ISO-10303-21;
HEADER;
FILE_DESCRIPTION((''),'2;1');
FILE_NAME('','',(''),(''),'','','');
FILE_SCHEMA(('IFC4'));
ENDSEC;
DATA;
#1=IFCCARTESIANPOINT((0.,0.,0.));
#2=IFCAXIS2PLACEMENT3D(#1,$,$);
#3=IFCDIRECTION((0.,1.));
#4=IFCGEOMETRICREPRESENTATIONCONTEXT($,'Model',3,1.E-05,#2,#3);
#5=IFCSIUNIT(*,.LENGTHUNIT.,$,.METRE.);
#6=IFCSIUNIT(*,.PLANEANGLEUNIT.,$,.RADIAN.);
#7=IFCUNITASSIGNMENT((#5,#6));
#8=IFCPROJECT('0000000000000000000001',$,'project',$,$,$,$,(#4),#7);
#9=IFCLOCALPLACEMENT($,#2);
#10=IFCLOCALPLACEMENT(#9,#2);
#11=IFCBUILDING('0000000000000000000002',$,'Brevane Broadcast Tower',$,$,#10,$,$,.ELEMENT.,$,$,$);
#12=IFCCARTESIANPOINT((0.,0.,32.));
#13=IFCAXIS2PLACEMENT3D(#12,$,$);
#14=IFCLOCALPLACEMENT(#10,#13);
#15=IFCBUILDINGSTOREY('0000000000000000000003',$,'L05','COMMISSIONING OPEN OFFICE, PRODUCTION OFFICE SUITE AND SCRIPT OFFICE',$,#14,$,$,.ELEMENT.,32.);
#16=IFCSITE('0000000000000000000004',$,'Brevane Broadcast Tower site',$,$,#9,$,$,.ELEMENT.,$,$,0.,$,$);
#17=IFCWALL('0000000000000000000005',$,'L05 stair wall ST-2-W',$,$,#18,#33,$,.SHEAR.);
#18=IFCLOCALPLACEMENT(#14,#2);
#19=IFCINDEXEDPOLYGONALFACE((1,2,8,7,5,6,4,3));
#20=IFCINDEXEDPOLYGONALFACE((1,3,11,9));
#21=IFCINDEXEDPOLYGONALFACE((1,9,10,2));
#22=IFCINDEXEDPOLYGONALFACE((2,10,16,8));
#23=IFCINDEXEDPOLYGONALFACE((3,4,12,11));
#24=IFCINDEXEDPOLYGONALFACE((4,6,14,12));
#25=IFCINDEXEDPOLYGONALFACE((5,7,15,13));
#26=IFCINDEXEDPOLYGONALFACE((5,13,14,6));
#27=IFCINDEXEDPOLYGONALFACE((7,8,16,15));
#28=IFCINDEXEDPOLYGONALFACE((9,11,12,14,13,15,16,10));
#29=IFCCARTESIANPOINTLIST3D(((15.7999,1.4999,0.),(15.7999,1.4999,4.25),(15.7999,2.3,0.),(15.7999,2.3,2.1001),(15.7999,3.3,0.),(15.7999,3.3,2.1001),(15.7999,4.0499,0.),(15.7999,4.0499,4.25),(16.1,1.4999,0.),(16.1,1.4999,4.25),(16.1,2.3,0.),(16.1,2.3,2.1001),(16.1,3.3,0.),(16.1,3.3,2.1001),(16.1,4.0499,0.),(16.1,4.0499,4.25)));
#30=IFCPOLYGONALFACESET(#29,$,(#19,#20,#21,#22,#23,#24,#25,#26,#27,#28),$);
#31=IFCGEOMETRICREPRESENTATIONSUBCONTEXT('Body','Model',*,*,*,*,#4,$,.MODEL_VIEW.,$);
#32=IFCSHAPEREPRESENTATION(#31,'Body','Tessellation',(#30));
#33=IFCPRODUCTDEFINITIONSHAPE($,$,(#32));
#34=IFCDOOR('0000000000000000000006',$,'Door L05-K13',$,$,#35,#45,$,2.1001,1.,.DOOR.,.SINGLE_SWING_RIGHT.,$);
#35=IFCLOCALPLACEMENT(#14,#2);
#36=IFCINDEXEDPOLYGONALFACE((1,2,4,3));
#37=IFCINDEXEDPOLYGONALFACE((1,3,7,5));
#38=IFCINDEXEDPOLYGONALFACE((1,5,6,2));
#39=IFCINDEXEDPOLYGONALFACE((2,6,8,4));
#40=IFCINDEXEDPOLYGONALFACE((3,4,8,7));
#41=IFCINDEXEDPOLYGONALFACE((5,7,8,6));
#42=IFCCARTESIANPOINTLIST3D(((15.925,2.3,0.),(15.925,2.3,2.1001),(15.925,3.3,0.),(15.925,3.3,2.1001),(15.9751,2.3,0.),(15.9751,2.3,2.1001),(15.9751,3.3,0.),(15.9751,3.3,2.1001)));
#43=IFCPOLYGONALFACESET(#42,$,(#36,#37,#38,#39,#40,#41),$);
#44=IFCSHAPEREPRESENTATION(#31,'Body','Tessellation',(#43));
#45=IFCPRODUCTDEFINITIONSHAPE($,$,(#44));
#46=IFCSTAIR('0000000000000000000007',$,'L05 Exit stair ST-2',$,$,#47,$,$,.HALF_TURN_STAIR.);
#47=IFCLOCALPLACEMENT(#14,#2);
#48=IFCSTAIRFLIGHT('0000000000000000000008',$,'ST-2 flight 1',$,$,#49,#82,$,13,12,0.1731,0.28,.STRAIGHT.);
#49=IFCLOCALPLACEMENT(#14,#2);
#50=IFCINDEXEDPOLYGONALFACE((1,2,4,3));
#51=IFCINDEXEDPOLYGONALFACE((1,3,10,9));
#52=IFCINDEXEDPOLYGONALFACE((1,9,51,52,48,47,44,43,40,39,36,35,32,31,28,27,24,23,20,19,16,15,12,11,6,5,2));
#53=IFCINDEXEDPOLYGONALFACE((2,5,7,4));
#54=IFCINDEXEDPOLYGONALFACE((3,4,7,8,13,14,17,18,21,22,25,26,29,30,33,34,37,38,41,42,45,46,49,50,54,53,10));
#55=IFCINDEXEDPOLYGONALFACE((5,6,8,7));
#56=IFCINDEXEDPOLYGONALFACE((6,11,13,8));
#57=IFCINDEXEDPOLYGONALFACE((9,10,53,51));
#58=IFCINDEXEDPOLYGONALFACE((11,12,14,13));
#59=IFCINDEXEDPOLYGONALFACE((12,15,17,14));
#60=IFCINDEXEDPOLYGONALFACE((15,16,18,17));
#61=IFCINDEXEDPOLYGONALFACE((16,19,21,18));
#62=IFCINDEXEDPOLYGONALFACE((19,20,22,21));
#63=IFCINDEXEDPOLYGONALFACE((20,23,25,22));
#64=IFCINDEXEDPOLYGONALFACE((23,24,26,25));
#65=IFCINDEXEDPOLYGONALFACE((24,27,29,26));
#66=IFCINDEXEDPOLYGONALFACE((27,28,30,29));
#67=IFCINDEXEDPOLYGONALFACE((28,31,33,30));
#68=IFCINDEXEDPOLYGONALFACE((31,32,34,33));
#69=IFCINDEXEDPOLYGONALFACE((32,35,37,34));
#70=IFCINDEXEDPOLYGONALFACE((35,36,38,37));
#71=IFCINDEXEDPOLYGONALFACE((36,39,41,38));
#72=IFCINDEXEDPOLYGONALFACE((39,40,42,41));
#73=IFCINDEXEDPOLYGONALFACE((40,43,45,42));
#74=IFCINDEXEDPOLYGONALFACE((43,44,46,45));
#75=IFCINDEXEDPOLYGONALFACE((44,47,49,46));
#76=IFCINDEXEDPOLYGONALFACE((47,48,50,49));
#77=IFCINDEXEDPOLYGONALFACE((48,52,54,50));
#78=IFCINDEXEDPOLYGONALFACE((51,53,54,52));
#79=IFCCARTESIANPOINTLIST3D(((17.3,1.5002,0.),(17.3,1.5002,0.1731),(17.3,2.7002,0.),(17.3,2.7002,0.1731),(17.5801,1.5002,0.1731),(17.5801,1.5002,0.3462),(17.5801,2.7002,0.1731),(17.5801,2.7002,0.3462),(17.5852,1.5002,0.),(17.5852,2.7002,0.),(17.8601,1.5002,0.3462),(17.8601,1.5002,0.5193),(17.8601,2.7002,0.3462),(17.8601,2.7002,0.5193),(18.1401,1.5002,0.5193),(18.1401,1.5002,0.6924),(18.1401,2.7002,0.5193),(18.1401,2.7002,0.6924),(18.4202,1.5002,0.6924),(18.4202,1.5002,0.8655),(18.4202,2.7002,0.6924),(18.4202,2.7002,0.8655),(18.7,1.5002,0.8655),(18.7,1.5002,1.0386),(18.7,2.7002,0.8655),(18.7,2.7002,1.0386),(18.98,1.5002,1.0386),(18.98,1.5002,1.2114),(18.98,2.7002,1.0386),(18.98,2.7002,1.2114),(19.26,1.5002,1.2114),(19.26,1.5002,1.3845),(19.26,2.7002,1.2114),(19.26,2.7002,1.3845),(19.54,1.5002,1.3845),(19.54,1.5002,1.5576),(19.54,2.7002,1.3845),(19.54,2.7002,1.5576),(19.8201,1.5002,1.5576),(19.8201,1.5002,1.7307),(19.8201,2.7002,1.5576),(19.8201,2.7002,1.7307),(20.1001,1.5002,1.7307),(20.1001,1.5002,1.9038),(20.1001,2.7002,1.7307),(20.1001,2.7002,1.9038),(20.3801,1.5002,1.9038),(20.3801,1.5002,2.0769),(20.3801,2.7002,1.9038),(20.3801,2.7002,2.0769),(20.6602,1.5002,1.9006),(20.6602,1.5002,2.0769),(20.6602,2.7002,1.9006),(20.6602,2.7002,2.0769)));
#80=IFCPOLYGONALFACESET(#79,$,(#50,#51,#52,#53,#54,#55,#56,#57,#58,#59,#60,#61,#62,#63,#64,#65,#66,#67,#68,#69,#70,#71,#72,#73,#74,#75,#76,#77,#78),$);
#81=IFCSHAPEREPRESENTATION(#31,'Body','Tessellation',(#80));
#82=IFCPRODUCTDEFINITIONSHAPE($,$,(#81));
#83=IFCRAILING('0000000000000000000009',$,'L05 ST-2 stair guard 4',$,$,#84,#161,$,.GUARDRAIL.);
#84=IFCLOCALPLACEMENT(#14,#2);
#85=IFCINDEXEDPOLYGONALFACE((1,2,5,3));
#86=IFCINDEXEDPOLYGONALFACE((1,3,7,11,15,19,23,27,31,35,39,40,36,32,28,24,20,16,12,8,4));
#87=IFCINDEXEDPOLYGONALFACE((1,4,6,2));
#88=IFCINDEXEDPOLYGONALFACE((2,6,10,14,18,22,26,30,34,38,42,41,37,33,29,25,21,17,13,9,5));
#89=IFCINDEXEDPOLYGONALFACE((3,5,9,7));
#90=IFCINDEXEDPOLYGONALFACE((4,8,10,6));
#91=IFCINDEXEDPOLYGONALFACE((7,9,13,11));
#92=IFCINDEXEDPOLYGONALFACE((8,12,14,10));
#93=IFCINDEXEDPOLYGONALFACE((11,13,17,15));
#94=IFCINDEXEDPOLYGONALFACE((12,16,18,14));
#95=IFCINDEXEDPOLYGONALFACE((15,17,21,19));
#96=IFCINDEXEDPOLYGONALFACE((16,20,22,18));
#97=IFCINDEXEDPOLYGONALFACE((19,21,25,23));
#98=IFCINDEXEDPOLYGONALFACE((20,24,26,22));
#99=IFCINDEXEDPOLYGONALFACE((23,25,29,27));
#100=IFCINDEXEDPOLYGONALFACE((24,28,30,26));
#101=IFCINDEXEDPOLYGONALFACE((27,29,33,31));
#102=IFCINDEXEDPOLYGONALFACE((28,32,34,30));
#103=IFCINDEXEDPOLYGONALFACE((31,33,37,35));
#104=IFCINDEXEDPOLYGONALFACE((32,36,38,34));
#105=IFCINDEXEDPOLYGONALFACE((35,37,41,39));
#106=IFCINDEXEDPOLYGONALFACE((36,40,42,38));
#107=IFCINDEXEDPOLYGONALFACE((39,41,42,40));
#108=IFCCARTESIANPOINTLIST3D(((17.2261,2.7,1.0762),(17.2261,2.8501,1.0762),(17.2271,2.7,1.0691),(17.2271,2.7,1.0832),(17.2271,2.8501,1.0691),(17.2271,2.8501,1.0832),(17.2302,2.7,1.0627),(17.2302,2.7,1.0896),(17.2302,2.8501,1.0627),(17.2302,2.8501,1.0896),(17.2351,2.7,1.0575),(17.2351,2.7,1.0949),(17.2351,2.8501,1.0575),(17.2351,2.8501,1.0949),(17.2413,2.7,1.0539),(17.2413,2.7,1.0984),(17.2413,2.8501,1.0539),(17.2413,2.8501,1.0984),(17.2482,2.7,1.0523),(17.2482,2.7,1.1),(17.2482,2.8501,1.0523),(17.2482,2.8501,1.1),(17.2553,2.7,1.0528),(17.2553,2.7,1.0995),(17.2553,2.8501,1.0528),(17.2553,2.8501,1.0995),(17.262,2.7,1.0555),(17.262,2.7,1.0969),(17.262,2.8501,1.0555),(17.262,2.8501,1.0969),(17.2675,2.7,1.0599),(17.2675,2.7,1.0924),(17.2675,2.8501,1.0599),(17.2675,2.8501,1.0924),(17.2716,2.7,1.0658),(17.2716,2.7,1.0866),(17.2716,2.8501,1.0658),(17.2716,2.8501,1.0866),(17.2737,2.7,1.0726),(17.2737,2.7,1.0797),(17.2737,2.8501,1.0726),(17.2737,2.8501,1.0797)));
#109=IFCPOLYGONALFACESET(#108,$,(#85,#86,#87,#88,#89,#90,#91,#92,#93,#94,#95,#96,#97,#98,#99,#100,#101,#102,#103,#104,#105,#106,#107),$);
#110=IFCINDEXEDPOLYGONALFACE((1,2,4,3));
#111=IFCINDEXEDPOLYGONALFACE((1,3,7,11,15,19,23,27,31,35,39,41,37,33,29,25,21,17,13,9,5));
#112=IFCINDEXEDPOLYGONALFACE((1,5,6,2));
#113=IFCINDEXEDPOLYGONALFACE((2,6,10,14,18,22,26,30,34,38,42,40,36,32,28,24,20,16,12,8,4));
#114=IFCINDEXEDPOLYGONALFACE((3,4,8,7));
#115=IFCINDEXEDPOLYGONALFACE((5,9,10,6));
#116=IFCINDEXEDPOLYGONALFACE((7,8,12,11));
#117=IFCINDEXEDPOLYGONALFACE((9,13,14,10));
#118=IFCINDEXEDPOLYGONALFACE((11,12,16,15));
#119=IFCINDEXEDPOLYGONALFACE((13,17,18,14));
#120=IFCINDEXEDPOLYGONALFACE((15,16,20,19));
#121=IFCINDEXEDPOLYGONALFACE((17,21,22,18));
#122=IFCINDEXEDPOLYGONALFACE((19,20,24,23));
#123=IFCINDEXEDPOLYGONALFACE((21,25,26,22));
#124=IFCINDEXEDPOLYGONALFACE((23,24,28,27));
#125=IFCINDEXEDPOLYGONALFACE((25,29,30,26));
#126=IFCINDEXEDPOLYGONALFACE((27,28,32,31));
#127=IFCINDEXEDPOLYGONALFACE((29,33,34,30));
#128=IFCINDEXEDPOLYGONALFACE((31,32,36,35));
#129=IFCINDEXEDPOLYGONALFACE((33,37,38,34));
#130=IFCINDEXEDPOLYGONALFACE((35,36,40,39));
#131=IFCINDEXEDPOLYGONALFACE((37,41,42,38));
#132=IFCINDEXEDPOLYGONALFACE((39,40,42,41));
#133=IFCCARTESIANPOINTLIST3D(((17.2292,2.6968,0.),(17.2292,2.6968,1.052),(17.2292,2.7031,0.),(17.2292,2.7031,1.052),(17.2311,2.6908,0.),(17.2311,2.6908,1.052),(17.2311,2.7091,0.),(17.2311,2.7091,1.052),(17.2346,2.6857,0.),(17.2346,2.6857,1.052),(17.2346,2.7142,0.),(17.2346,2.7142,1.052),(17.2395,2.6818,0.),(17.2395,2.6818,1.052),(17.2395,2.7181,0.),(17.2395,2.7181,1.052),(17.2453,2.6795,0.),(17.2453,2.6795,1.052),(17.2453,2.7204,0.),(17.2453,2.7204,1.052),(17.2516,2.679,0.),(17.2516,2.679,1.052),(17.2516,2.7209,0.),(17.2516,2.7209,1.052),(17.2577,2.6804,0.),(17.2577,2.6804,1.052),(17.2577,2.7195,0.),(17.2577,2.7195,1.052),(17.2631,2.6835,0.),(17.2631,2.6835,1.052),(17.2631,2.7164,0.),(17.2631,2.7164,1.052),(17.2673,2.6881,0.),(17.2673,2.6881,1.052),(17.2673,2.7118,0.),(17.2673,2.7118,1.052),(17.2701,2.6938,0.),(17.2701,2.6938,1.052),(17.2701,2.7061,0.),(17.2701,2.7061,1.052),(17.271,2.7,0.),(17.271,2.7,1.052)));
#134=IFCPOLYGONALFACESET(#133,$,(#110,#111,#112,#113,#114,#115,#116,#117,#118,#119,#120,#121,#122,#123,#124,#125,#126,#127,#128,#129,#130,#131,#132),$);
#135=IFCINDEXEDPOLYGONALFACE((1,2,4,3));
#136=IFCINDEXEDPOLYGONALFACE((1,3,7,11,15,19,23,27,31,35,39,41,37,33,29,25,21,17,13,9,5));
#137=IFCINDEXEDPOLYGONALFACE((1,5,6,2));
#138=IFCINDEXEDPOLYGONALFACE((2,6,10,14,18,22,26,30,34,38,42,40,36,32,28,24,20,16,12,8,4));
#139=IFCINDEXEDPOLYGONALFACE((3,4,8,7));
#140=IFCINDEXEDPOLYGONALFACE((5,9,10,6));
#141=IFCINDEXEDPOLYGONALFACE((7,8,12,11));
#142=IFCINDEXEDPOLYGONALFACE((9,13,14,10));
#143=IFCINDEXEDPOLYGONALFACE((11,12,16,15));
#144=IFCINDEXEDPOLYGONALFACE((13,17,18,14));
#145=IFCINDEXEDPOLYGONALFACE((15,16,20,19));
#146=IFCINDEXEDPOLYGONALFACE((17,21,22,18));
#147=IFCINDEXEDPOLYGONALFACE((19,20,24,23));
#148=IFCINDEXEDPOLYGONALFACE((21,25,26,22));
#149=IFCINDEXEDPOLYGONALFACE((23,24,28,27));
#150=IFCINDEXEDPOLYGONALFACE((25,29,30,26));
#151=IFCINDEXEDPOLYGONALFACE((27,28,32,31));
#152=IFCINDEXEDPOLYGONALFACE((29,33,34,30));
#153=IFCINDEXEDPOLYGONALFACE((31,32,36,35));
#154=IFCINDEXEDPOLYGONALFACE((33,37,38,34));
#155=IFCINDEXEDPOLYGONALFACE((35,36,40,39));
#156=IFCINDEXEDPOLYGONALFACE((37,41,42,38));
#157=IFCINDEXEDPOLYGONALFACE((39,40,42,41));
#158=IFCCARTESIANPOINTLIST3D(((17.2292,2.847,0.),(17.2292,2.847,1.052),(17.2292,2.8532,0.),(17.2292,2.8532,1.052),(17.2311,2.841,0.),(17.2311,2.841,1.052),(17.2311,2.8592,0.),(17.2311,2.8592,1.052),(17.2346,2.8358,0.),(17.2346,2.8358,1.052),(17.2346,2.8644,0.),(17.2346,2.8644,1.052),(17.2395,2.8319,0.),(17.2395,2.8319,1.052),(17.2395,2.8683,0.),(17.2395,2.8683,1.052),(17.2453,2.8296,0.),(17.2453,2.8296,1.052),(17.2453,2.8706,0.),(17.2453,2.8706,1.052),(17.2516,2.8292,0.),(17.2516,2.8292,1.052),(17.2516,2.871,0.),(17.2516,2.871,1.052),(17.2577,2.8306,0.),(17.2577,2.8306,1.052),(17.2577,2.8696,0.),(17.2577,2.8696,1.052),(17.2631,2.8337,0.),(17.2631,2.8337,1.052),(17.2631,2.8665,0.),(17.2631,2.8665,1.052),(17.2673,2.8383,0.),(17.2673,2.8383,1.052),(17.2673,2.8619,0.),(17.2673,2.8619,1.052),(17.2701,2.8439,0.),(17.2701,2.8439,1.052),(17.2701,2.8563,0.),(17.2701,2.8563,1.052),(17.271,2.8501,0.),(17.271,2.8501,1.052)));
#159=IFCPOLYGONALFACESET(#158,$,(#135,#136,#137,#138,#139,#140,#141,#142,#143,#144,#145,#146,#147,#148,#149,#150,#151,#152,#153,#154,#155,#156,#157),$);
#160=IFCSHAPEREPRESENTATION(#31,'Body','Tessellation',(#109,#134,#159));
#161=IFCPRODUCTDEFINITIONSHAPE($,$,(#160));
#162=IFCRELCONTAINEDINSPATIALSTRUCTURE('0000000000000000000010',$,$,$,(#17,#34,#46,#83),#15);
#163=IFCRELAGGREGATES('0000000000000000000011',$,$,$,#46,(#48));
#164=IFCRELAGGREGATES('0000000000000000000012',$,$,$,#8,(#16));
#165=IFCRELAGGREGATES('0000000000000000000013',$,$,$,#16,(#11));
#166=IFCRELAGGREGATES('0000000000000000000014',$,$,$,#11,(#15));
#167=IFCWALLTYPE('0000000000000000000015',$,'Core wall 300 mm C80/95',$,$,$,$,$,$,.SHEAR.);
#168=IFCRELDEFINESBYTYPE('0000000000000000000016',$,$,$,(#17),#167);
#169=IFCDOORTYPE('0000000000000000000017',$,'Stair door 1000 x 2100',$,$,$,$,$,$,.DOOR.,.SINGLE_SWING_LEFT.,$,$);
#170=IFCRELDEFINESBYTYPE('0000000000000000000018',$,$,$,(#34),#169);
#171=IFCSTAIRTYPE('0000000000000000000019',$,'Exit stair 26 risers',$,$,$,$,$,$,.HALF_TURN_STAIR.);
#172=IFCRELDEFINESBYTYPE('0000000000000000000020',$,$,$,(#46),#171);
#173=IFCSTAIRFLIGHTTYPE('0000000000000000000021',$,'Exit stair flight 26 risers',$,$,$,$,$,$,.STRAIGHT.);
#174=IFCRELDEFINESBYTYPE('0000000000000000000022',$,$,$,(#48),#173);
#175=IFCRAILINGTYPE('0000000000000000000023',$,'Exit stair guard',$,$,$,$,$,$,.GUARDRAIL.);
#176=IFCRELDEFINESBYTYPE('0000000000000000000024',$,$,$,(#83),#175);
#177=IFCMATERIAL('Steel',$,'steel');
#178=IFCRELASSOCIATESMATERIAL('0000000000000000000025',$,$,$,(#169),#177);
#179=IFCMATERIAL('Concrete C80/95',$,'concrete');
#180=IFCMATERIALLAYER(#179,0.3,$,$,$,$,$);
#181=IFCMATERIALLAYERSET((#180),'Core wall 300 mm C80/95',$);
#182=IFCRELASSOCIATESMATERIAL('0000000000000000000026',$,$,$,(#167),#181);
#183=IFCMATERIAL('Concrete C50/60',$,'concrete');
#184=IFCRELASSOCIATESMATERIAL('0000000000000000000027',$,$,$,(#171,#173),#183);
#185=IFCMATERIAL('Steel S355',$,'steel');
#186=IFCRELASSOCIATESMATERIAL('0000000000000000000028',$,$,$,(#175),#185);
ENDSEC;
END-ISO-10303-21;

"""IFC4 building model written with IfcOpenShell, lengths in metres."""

from ifc_helpers import new_model, si_unit, direction, frame, frame_2d, origin, origin_2d, place, context, subcontext, project, spatial, polyline, rectangle, circle, outline, extrude, material, layer, layer_set, type_object, element, fill, aggregate, save


model = new_model("IFC4")

# Units and contexts
model_context = context("Model", 3, precision=1e-05, world=origin(), true_north=direction((0.0, 1.0)))
body_context = subcontext(model_context, "Body", "Model", "MODEL_VIEW")
ifc_project = project(units=[si_unit("LENGTHUNIT", "METRE"), si_unit("PLANEANGLEUNIT", "RADIAN")], contexts=[model_context])

# Site, building, storey
site_placement = place(None, origin())
site = spatial("IfcSite", under=ifc_project, at=site_placement, Name="Brevane Broadcast Tower site", CompositionType="ELEMENT", RefElevation=0.0)
building_placement = place(site_placement, origin())
building = spatial("IfcBuilding", under=site, at=building_placement, Name="Brevane Broadcast Tower", CompositionType="ELEMENT")
storey_placement = place(building_placement, frame((0.0, 0.0, 32.0)))
storey = spatial("IfcBuildingStorey", under=building, at=storey_placement, Name="L05", Description="COMMISSIONING OPEN OFFICE, PRODUCTION OFFICE SUITE AND SCRIPT OFFICE", CompositionType="ELEMENT", Elevation=32.0)

# Shared definitions
ifc_material_1 = material(Name="Steel", Category="steel")
door_type_1 = type_object("IfcDoorType", Name="Stair door 1000 x 2100", OperationType="SINGLE_SWING_LEFT", PredefinedType="DOOR", material=ifc_material_1)

# Shared definitions
ifc_material_2 = material(Name="Concrete C80/95", Category="concrete")
ifc_layer_1 = layer(ifc_material_2, 0.3)
ifc_layer_set_1 = layer_set([ifc_layer_1], Name="Core wall 300 mm C80/95")
wall_type_1 = type_object("IfcWallType", Name="Core wall 300 mm C80/95", PredefinedType="SHEAR", material=ifc_layer_set_1)

# Wall, opening, door
wall_1_placement = place(storey_placement, frame((15.95, 1.5, 0.0), z_axis=(0.0, 0.0, 1.0), x_axis=(0.0, 1.0, 0.0)))
wall_1 = element("IfcWall", 1, at=wall_1_placement, inside=storey, type_object=wall_type_1, Name="L05 stair wall ST-2-W", PredefinedType="SHEAR", context=body_context, shape_type="SweptSolid", body=[
    extrude(rectangle(XDim=2.55, YDim=0.3, at=frame_2d((1.2749, 0.0))), origin(), (0.0, 0.0, 1.0), 4.25),
])
opening_1_placement = place(wall_1_placement, frame((0.8, 0.0, 0.0)))
opening_1 = element("IfcOpeningElement", 2, at=opening_1_placement, cuts=wall_1, PredefinedType="OPENING", context=body_context, shape_type="SweptSolid", body=[
    extrude(rectangle(XDim=1.0, YDim=2.1001, at=frame_2d((0.5, 1.05))), frame((0.0, 0.1599, 0.0), z_axis=(0.0, -1.0, 0.0), x_axis=(1.0, 0.0, 0.0)), (0.0, 0.0, 1.0), 0.3201),
])
door_1_placement = place(opening_1_placement, origin())
door_1 = element("IfcDoor", 3, at=door_1_placement, inside=storey, type_object=door_type_1, Name="Door L05-K13", OperationType="SINGLE_SWING_RIGHT", OverallHeight=2.1001, OverallWidth=1.0, PredefinedType="DOOR", context=body_context, shape_type="SweptSolid", body=[
    extrude(rectangle(XDim=1.0, YDim=2.1001, at=frame_2d((0.5, 1.05))), frame((0.0, 0.0249, 0.0), z_axis=(0.0, -1.0, 0.0), x_axis=(1.0, 0.0, 0.0)), (0.0, 0.0, 1.0), 0.05),
])
fill(opening_1, door_1)

# Stair, stair flight
ifc_material_3 = material(Name="Concrete C50/60", Category="concrete")
stair_type = type_object("IfcStairType", Name="Exit stair 26 risers", PredefinedType="HALF_TURN_STAIR", material=ifc_material_3)
stair_placement = place(storey_placement, origin())
stair = element("IfcStair", 4, at=stair_placement, inside=storey, type_object=stair_type, Name="L05 Exit stair ST-2", PredefinedType="HALF_TURN_STAIR")
stair_flight_type = type_object("IfcStairFlightType", Name="Exit stair flight 26 risers", PredefinedType="STRAIGHT", material=ifc_material_3)
stair_flight_placement = place(storey_placement, frame((17.3, 2.1001, 0.0), z_axis=(0.0, 0.0, 1.0), x_axis=(1.0, 0.0, 0.0)))
stair_flight = element("IfcStairFlight", 5, at=stair_flight_placement, type_object=stair_flight_type, Name="ST-2 flight 1", NumberOfRisers=13, NumberOfTreads=12, PredefinedType="STRAIGHT", RiserHeight=0.1731, TreadLength=0.28, context=body_context, shape_type="SweptSolid", body=[
    extrude(outline(polyline([(0.0, 0.0), (0.0, 0.1731), (0.28, 0.1731), (0.28, 0.3462), (0.5601, 0.3462), (0.5601, 0.5193), (0.8401, 0.5193), (0.8401, 0.6924), (1.1201, 0.6924), (1.1201, 0.8655), (1.3999, 0.8655), (1.3999, 1.0386), (1.6799, 1.0386), (1.6799, 1.2114), (1.96, 1.2114), (1.96, 1.3845), (2.24, 1.3845), (2.24, 1.5576), (2.52, 1.5576), (2.52, 1.7307), (2.8, 1.7307), (2.8, 1.9038), (3.0801, 1.9038), (3.0801, 2.0769), (3.3601, 2.0769), (3.3601, 2.25), (3.3601, 1.9006), (0.2852, 0.0), (0.0, 0.0)])), frame((0.0, 0.6001, 0.0), z_axis=(0.0, -1.0, 0.0), x_axis=(1.0, 0.0, 0.0)), (0.0, 0.0, 1.0), 1.2),
])
aggregate(stair, [stair_flight])

# Railing
ifc_material_4 = material(Name="Steel S355", Category="steel")
railing_type = type_object("IfcRailingType", Name="Exit stair guard", PredefinedType="GUARDRAIL", material=ifc_material_4)
railing_placement = place(storey_placement, frame((17.25, 2.7, 0.0)))
element("IfcRailing", 6, at=railing_placement, inside=storey, type_object=railing_type, Name="L05 ST-2 stair guard 4", PredefinedType="GUARDRAIL", context=body_context, shape_type="SweptSolid", body=[
    extrude(circle(Radius=0.0239, at=origin_2d()), frame((0.0, 0.0, 1.0762), z_axis=(0.0, 1.0, 0.0), x_axis=(-1.0, 0.0, 0.0)), (0.0, 0.0, 1.0), 0.1501),
    extrude(circle(Radius=0.021, at=origin_2d()), origin(), (0.0, 0.0, 1.0), 1.052),
    extrude(circle(Radius=0.021, at=origin_2d()), frame((0.0, 0.1501, 0.0)), (0.0, 0.0, 1.0), 1.052),
])

save(model, "model.ifc")
